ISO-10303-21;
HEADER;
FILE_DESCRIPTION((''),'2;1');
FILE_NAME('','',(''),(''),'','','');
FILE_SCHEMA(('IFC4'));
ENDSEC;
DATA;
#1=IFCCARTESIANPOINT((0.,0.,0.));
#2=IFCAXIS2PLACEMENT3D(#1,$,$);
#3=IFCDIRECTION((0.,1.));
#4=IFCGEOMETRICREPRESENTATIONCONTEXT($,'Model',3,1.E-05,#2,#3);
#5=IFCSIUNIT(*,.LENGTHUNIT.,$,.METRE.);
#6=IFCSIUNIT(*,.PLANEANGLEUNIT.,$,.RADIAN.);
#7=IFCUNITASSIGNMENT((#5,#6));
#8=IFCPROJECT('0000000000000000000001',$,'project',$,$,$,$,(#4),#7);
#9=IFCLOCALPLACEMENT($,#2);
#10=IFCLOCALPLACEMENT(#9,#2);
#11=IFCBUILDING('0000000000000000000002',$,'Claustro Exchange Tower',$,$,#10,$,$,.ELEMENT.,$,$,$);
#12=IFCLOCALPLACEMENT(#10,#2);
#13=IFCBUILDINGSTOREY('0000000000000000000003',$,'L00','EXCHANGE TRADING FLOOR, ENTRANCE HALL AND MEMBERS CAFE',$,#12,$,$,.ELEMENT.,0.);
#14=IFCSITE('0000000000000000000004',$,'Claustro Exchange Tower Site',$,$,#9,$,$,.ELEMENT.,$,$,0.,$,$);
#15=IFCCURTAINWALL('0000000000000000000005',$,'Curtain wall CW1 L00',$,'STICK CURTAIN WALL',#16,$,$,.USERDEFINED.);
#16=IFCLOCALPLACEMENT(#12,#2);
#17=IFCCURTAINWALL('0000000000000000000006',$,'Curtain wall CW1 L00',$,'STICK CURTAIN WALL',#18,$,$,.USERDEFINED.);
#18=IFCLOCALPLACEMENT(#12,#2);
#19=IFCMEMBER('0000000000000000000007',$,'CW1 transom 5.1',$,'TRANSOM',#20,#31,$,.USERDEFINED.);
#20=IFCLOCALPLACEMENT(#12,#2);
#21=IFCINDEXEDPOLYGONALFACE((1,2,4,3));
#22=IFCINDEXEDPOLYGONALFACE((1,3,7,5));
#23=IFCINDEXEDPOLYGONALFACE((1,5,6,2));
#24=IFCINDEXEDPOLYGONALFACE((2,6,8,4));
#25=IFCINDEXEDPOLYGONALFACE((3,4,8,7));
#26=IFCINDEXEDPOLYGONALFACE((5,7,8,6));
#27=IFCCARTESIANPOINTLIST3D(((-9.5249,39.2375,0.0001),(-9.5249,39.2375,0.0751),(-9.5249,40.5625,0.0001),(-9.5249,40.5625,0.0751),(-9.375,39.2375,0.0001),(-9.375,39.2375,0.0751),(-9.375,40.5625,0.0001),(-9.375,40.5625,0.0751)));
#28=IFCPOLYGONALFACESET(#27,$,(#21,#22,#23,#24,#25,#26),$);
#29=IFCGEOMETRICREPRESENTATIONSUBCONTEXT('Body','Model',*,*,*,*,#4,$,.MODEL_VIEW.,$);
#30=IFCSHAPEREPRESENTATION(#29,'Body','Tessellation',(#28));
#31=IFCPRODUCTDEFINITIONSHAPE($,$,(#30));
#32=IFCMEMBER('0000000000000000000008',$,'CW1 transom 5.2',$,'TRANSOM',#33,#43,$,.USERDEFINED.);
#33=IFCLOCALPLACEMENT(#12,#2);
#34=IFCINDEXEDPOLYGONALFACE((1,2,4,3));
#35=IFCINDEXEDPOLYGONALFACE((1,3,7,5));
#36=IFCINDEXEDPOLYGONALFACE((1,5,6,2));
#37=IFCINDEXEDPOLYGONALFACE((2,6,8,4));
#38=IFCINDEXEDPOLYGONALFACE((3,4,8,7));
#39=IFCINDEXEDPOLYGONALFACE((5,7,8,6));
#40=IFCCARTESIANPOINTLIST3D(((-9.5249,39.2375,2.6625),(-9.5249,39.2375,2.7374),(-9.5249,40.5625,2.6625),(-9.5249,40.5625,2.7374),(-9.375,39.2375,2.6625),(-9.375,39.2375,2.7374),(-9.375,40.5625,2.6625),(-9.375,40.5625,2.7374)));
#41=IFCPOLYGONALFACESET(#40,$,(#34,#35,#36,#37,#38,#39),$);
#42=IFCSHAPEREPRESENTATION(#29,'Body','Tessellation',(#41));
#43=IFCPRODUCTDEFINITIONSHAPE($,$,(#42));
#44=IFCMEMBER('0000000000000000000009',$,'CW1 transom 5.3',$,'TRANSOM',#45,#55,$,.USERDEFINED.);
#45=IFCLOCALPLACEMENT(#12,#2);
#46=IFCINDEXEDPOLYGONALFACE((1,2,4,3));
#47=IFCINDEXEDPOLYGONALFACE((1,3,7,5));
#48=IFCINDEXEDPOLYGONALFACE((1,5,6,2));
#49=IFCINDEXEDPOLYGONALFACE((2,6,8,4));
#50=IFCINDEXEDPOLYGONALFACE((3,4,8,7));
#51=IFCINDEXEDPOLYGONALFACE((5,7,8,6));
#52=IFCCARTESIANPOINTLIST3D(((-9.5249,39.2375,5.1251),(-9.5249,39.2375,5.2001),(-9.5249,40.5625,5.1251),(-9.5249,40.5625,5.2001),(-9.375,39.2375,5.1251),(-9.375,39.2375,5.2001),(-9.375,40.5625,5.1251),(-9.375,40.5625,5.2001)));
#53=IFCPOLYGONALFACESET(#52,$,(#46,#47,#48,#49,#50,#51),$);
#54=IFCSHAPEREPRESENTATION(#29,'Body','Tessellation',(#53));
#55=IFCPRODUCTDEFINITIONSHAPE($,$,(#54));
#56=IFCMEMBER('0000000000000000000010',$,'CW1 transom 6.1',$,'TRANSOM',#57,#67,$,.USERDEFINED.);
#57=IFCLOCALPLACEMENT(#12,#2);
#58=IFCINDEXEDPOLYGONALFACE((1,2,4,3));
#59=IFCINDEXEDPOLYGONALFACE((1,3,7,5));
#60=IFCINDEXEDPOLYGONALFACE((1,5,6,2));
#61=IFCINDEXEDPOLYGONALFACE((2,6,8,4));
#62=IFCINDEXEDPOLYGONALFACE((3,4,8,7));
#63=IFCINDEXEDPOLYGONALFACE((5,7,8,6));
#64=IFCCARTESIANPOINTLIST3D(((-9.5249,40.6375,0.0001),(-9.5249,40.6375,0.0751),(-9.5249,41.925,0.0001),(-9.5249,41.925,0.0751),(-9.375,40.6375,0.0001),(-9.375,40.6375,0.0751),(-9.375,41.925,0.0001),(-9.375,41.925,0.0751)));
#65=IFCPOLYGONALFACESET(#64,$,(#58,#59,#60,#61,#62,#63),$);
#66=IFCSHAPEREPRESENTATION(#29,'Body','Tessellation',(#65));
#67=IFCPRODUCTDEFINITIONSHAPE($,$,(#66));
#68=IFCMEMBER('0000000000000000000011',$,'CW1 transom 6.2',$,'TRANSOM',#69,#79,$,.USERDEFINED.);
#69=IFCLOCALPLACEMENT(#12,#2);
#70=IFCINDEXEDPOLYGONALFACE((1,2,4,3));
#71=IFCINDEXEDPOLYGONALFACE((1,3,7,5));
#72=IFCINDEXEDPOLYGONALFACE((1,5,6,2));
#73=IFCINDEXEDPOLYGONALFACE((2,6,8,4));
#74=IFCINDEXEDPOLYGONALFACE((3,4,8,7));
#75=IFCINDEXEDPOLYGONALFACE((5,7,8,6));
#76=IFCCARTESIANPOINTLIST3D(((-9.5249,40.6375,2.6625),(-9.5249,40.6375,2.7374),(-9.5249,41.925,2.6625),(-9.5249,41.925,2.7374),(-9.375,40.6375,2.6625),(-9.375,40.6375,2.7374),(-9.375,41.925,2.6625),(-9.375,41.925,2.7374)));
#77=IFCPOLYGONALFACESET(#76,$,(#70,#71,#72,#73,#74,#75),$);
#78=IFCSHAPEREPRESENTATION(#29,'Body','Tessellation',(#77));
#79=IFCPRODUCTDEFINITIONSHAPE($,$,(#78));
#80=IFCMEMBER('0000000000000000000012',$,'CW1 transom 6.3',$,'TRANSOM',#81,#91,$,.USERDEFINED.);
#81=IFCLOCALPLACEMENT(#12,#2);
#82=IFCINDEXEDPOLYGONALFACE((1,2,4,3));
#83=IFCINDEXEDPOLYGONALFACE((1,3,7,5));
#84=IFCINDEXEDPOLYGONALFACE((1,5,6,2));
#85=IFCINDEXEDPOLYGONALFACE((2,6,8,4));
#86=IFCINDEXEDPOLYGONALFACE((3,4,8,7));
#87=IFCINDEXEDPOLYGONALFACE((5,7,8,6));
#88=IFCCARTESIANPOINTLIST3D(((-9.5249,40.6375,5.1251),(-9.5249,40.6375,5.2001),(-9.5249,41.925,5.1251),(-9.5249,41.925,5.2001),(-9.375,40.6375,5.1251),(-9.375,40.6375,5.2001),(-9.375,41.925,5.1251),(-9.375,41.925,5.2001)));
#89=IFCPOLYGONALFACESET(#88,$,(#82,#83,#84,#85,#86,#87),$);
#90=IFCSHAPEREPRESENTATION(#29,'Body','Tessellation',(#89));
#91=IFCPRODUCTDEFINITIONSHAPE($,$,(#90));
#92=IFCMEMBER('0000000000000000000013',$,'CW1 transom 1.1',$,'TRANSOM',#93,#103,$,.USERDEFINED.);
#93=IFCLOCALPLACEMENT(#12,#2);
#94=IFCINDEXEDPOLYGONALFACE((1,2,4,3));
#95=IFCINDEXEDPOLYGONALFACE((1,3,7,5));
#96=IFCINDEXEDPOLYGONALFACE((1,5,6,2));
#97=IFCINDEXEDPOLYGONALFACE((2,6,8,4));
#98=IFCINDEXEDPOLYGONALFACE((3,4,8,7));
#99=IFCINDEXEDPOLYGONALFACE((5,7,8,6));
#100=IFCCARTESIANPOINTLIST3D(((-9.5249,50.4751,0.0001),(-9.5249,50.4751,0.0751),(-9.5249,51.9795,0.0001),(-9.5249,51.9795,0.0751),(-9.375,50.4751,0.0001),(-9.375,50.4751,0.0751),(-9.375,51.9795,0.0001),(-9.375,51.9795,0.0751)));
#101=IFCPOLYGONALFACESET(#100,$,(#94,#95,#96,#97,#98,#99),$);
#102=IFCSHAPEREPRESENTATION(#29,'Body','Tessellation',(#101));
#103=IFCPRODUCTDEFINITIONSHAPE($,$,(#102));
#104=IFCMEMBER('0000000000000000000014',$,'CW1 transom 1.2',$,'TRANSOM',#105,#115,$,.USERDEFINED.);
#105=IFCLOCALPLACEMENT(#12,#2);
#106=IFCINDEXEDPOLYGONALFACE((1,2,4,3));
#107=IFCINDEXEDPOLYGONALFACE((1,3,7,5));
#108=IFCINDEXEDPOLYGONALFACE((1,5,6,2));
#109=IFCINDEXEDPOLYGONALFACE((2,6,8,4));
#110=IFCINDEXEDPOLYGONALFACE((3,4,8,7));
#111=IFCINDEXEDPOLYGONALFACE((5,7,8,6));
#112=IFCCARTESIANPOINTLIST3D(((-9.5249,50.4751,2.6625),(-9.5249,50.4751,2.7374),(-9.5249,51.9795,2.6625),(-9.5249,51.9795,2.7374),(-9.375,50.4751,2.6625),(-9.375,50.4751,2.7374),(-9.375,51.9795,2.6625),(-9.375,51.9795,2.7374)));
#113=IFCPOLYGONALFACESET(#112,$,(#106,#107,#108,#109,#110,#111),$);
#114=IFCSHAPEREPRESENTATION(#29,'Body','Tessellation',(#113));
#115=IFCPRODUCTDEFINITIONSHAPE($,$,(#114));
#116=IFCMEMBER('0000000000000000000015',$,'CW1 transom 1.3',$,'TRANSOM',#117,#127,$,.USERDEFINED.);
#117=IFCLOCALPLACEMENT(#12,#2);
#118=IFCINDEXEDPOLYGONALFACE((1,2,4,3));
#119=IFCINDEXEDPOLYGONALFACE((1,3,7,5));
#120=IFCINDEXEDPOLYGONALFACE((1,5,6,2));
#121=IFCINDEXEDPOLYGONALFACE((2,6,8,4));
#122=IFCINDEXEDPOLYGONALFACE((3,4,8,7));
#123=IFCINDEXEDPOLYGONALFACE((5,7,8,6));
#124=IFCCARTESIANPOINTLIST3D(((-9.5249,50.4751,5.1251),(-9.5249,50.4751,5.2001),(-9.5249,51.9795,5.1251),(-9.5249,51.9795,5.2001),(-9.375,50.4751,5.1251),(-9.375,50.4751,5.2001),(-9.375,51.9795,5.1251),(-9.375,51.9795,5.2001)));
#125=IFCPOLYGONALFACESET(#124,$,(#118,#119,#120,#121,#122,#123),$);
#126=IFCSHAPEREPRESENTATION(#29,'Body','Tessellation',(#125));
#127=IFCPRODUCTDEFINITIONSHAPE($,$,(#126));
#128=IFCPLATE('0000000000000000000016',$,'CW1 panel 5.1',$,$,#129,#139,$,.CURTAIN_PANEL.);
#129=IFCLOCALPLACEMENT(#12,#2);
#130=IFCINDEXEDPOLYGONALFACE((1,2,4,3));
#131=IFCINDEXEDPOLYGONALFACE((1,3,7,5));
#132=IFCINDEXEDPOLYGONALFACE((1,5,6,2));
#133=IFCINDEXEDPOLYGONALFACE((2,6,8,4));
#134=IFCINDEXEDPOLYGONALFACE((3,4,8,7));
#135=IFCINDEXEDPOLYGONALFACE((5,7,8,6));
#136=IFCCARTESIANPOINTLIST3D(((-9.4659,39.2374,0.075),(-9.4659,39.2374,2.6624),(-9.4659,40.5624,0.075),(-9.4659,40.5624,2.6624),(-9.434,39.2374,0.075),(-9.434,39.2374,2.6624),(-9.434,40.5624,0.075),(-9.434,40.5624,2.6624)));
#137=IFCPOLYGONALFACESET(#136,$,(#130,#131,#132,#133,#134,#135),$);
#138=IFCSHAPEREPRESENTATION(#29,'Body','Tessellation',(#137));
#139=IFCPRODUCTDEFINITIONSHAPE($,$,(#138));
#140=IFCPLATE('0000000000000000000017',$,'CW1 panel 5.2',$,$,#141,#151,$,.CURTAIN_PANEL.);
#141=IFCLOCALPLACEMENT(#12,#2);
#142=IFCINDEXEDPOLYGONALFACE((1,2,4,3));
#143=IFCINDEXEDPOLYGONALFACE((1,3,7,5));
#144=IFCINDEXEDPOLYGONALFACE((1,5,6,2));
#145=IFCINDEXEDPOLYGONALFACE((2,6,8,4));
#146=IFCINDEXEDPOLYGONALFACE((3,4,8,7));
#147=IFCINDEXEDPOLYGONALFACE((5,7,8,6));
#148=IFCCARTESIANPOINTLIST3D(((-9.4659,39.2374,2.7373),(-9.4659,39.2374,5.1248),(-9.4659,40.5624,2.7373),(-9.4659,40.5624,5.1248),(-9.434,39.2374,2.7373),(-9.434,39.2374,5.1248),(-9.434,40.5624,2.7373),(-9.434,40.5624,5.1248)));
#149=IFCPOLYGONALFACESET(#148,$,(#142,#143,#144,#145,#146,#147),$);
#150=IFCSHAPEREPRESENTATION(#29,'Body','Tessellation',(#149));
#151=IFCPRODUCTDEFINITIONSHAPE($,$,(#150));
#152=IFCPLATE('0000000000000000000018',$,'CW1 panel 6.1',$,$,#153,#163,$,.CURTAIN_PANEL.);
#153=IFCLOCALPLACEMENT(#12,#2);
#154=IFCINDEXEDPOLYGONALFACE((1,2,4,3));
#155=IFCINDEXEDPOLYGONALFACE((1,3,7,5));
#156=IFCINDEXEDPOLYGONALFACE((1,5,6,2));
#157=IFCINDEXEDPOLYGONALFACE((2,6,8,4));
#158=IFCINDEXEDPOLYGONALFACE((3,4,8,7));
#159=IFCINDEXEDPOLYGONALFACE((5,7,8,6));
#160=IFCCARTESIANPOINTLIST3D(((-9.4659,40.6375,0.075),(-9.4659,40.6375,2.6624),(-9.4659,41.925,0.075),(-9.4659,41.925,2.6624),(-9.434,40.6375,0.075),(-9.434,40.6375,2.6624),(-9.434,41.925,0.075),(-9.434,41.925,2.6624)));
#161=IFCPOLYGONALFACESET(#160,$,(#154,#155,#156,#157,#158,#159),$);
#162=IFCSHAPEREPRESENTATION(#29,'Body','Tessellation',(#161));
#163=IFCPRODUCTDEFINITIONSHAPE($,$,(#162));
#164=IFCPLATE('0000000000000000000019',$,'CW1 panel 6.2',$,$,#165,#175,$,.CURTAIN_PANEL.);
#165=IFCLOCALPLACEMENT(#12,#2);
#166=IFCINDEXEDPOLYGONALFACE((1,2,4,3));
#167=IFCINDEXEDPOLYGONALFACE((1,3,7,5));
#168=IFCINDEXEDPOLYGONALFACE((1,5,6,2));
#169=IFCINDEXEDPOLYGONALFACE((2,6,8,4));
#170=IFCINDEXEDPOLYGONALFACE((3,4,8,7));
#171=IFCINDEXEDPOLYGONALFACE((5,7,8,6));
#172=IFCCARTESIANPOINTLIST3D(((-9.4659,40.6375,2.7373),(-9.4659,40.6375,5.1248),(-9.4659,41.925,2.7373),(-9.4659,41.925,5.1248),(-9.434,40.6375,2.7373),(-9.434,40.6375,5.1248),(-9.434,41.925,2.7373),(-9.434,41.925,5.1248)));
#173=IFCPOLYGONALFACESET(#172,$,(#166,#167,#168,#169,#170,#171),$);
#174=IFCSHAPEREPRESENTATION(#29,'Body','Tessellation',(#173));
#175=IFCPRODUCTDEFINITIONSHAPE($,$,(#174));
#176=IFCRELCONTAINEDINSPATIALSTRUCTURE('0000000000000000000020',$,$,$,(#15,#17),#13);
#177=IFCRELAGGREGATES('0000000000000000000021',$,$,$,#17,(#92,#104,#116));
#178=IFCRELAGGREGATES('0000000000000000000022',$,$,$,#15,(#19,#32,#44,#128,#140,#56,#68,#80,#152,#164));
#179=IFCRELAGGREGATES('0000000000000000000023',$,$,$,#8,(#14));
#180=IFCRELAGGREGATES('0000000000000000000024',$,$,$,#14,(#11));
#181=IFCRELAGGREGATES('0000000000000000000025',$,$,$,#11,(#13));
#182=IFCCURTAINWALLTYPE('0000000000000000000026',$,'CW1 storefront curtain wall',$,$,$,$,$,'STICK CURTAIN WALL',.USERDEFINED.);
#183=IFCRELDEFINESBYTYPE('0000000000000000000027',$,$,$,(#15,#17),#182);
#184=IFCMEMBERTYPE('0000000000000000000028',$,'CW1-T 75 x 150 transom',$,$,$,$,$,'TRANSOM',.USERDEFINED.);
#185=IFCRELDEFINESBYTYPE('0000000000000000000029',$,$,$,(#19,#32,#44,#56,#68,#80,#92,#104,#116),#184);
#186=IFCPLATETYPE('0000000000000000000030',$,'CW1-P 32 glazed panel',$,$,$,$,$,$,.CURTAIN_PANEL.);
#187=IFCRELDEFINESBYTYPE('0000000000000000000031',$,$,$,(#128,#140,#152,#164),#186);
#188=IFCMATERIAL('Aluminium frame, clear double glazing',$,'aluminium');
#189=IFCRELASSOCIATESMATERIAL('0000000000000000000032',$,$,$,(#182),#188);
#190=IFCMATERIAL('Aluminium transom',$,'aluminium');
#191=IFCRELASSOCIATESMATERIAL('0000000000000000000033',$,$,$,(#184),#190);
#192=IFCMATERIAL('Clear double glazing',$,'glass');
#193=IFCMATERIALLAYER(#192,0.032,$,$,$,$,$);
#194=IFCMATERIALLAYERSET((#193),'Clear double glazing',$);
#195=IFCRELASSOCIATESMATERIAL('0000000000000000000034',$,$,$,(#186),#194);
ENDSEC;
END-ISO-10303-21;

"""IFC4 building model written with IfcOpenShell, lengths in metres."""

from ifc_helpers import new_model, si_unit, direction, frame, origin, origin_2d, place, context, subcontext, project, spatial, rectangle, extrude, material, layer, layer_set, material_profile, profile_set, type_object, element, aggregate, save


model = new_model("IFC4")

# Units and contexts
model_context = context("Model", 3, precision=1e-05, world=origin(), true_north=direction((0.0, 1.0)))
body_context = subcontext(model_context, "Body", "Model", "MODEL_VIEW")
ifc_project = project(units=[si_unit("LENGTHUNIT", "METRE"), si_unit("PLANEANGLEUNIT", "RADIAN")], contexts=[model_context])

# Site, building, storey
site_placement = place(None, origin())
site = spatial("IfcSite", under=ifc_project, at=site_placement, Name="Claustro Exchange Tower Site", CompositionType="ELEMENT", RefElevation=0.0)
building_placement = place(site_placement, origin())
building = spatial("IfcBuilding", under=site, at=building_placement, Name="Claustro Exchange Tower", CompositionType="ELEMENT")
storey_placement = place(building_placement, origin())
storey = spatial("IfcBuildingStorey", under=building, at=storey_placement, Name="L00", Description="EXCHANGE TRADING FLOOR, ENTRANCE HALL AND MEMBERS CAFE", CompositionType="ELEMENT", Elevation=0.0)

# Curtain wall
ifc_material_1 = material(Name="Aluminium frame, clear double glazing", Category="aluminium")
curtain_wall_type = type_object("IfcCurtainWallType", Name="CW1 storefront curtain wall", ElementType="STICK CURTAIN WALL", PredefinedType="USERDEFINED", material=ifc_material_1)
curtain_wall_1_placement = place(storey_placement, origin())
curtain_wall_1 = element("IfcCurtainWall", 1, at=curtain_wall_1_placement, inside=storey, type_object=curtain_wall_type, Name="Curtain wall CW1 L00", ObjectType="STICK CURTAIN WALL", PredefinedType="USERDEFINED")

# Curtain wall
curtain_wall_2_placement = place(storey_placement, origin())
curtain_wall_2 = element("IfcCurtainWall", 2, at=curtain_wall_2_placement, inside=storey, type_object=curtain_wall_type, Name="Curtain wall CW1 L00", ObjectType="STICK CURTAIN WALL", PredefinedType="USERDEFINED")

# Members
ifc_material_2 = material(Name="Aluminium transom", Category="aluminium")
ifc_material_profile_1 = material_profile(ifc_material_2, rectangle(XDim=0.1499, YDim=0.075, at=origin_2d()), Name="CW1-T 75x150")
ifc_profile_set_1 = profile_set([ifc_material_profile_1], Name="Aluminium transom")
member_type_1 = type_object("IfcMemberType", Name="CW1-T 75 x 150 transom", ElementType="TRANSOM", PredefinedType="USERDEFINED", material=ifc_profile_set_1)
member_1_placement = place(storey_placement, frame((-9.45, 39.2375, 0.0376), z_axis=(0.0, 1.0, 0.0), x_axis=(-1.0, 0.0, 0.0)))
member_1 = element("IfcMember", 3, at=member_1_placement, type_object=member_type_1, Name="CW1 transom 5.1", ObjectType="TRANSOM", PredefinedType="USERDEFINED", context=body_context, shape_type="SweptSolid", body=[
    extrude(rectangle(XDim=0.1499, YDim=0.075, at=origin_2d()), origin(), (0.0, 0.0, 1.0), 1.325),
])
member_2_placement = place(storey_placement, frame((-9.45, 39.2375, 2.7), z_axis=(0.0, 1.0, 0.0), x_axis=(-1.0, 0.0, 0.0)))
member_2 = element("IfcMember", 4, at=member_2_placement, type_object=member_type_1, Name="CW1 transom 5.2", ObjectType="TRANSOM", PredefinedType="USERDEFINED", context=body_context, shape_type="SweptSolid", body=[
    extrude(rectangle(XDim=0.1499, YDim=0.075, at=origin_2d()), origin(), (0.0, 0.0, 1.0), 1.325),
])
member_3_placement = place(storey_placement, frame((-9.45, 39.2375, 5.1626), z_axis=(0.0, 1.0, 0.0), x_axis=(-1.0, 0.0, 0.0)))
member_3 = element("IfcMember", 5, at=member_3_placement, type_object=member_type_1, Name="CW1 transom 5.3", ObjectType="TRANSOM", PredefinedType="USERDEFINED", context=body_context, shape_type="SweptSolid", body=[
    extrude(rectangle(XDim=0.1499, YDim=0.075, at=origin_2d()), origin(), (0.0, 0.0, 1.0), 1.325),
])
member_4_placement = place(storey_placement, frame((-9.45, 40.6375, 0.0376), z_axis=(0.0, 1.0, 0.0), x_axis=(-1.0, 0.0, 0.0)))
member_4 = element("IfcMember", 6, at=member_4_placement, type_object=member_type_1, Name="CW1 transom 6.1", ObjectType="TRANSOM", PredefinedType="USERDEFINED", context=body_context, shape_type="SweptSolid", body=[
    extrude(rectangle(XDim=0.1499, YDim=0.075, at=origin_2d()), origin(), (0.0, 0.0, 1.0), 1.2876),
])
member_5_placement = place(storey_placement, frame((-9.45, 40.6375, 2.7), z_axis=(0.0, 1.0, 0.0), x_axis=(-1.0, 0.0, 0.0)))
member_5 = element("IfcMember", 7, at=member_5_placement, type_object=member_type_1, Name="CW1 transom 6.2", ObjectType="TRANSOM", PredefinedType="USERDEFINED", context=body_context, shape_type="SweptSolid", body=[
    extrude(rectangle(XDim=0.1499, YDim=0.075, at=origin_2d()), origin(), (0.0, 0.0, 1.0), 1.2876),
])
member_6_placement = place(storey_placement, frame((-9.45, 40.6375, 5.1626), z_axis=(0.0, 1.0, 0.0), x_axis=(-1.0, 0.0, 0.0)))
member_6 = element("IfcMember", 8, at=member_6_placement, type_object=member_type_1, Name="CW1 transom 6.3", ObjectType="TRANSOM", PredefinedType="USERDEFINED", context=body_context, shape_type="SweptSolid", body=[
    extrude(rectangle(XDim=0.1499, YDim=0.075, at=origin_2d()), origin(), (0.0, 0.0, 1.0), 1.2876),
])
member_7_placement = place(storey_placement, frame((-9.45, 50.4751, 0.0376), z_axis=(0.0, 1.0, 0.0), x_axis=(-1.0, 0.0, 0.0)))
member_7 = element("IfcMember", 9, at=member_7_placement, type_object=member_type_1, Name="CW1 transom 1.1", ObjectType="TRANSOM", PredefinedType="USERDEFINED", context=body_context, shape_type="SweptSolid", body=[
    extrude(rectangle(XDim=0.1499, YDim=0.075, at=origin_2d()), origin(), (0.0, 0.0, 1.0), 1.5044),
])
member_8_placement = place(storey_placement, frame((-9.45, 50.4751, 2.7), z_axis=(0.0, 1.0, 0.0), x_axis=(-1.0, 0.0, 0.0)))
member_8 = element("IfcMember", 10, at=member_8_placement, type_object=member_type_1, Name="CW1 transom 1.2", ObjectType="TRANSOM", PredefinedType="USERDEFINED", context=body_context, shape_type="SweptSolid", body=[
    extrude(rectangle(XDim=0.1499, YDim=0.075, at=origin_2d()), origin(), (0.0, 0.0, 1.0), 1.5044),
])
member_9_placement = place(storey_placement, frame((-9.45, 50.4751, 5.1626), z_axis=(0.0, 1.0, 0.0), x_axis=(-1.0, 0.0, 0.0)))
member_9 = element("IfcMember", 11, at=member_9_placement, type_object=member_type_1, Name="CW1 transom 1.3", ObjectType="TRANSOM", PredefinedType="USERDEFINED", context=body_context, shape_type="SweptSolid", body=[
    extrude(rectangle(XDim=0.1499, YDim=0.075, at=origin_2d()), origin(), (0.0, 0.0, 1.0), 1.5044),
])
aggregate(curtain_wall_2, [member_7, member_8, member_9])

# Plates
ifc_material_3 = material(Name="Clear double glazing", Category="glass")
ifc_layer_1 = layer(ifc_material_3, 0.032)
ifc_layer_set_1 = layer_set([ifc_layer_1], Name="Clear double glazing")
plate_type = type_object("IfcPlateType", Name="CW1-P 32 glazed panel", PredefinedType="CURTAIN_PANEL", material=ifc_layer_set_1)
plate_1_placement = place(storey_placement, frame((-9.45, 39.8999, 0.075), z_axis=(0.0, 0.0, 1.0), x_axis=(0.0, 1.0, 0.0)))
plate_1 = element("IfcPlate", 12, at=plate_1_placement, type_object=plate_type, Name="CW1 panel 5.1", PredefinedType="CURTAIN_PANEL", context=body_context, shape_type="SweptSolid", body=[
    extrude(rectangle(XDim=1.325, YDim=0.032, at=origin_2d()), origin(), (0.0, 0.0, 1.0), 2.5874),
])
plate_2_placement = place(storey_placement, frame((-9.45, 39.8999, 2.7373), z_axis=(0.0, 0.0, 1.0), x_axis=(0.0, 1.0, 0.0)))
plate_2 = element("IfcPlate", 13, at=plate_2_placement, type_object=plate_type, Name="CW1 panel 5.2", PredefinedType="CURTAIN_PANEL", context=body_context, shape_type="SweptSolid", body=[
    extrude(rectangle(XDim=1.325, YDim=0.032, at=origin_2d()), origin(), (0.0, 0.0, 1.0), 2.3875),
])
plate_3_placement = place(storey_placement, frame((-9.45, 41.2812, 0.075), z_axis=(0.0, 0.0, 1.0), x_axis=(0.0, 1.0, 0.0)))
plate_3 = element("IfcPlate", 14, at=plate_3_placement, type_object=plate_type, Name="CW1 panel 6.1", PredefinedType="CURTAIN_PANEL", context=body_context, shape_type="SweptSolid", body=[
    extrude(rectangle(XDim=1.2876, YDim=0.032, at=origin_2d()), origin(), (0.0, 0.0, 1.0), 2.5874),
])
plate_4_placement = place(storey_placement, frame((-9.45, 41.2812, 2.7373), z_axis=(0.0, 0.0, 1.0), x_axis=(0.0, 1.0, 0.0)))
plate_4 = element("IfcPlate", 15, at=plate_4_placement, type_object=plate_type, Name="CW1 panel 6.2", PredefinedType="CURTAIN_PANEL", context=body_context, shape_type="SweptSolid", body=[
    extrude(rectangle(XDim=1.2876, YDim=0.032, at=origin_2d()), origin(), (0.0, 0.0, 1.0), 2.3875),
])
aggregate(curtain_wall_1, [member_1, member_2, member_3, plate_1, plate_2, member_4, member_5, member_6, plate_3, plate_4])

save(model, "model.ifc")
